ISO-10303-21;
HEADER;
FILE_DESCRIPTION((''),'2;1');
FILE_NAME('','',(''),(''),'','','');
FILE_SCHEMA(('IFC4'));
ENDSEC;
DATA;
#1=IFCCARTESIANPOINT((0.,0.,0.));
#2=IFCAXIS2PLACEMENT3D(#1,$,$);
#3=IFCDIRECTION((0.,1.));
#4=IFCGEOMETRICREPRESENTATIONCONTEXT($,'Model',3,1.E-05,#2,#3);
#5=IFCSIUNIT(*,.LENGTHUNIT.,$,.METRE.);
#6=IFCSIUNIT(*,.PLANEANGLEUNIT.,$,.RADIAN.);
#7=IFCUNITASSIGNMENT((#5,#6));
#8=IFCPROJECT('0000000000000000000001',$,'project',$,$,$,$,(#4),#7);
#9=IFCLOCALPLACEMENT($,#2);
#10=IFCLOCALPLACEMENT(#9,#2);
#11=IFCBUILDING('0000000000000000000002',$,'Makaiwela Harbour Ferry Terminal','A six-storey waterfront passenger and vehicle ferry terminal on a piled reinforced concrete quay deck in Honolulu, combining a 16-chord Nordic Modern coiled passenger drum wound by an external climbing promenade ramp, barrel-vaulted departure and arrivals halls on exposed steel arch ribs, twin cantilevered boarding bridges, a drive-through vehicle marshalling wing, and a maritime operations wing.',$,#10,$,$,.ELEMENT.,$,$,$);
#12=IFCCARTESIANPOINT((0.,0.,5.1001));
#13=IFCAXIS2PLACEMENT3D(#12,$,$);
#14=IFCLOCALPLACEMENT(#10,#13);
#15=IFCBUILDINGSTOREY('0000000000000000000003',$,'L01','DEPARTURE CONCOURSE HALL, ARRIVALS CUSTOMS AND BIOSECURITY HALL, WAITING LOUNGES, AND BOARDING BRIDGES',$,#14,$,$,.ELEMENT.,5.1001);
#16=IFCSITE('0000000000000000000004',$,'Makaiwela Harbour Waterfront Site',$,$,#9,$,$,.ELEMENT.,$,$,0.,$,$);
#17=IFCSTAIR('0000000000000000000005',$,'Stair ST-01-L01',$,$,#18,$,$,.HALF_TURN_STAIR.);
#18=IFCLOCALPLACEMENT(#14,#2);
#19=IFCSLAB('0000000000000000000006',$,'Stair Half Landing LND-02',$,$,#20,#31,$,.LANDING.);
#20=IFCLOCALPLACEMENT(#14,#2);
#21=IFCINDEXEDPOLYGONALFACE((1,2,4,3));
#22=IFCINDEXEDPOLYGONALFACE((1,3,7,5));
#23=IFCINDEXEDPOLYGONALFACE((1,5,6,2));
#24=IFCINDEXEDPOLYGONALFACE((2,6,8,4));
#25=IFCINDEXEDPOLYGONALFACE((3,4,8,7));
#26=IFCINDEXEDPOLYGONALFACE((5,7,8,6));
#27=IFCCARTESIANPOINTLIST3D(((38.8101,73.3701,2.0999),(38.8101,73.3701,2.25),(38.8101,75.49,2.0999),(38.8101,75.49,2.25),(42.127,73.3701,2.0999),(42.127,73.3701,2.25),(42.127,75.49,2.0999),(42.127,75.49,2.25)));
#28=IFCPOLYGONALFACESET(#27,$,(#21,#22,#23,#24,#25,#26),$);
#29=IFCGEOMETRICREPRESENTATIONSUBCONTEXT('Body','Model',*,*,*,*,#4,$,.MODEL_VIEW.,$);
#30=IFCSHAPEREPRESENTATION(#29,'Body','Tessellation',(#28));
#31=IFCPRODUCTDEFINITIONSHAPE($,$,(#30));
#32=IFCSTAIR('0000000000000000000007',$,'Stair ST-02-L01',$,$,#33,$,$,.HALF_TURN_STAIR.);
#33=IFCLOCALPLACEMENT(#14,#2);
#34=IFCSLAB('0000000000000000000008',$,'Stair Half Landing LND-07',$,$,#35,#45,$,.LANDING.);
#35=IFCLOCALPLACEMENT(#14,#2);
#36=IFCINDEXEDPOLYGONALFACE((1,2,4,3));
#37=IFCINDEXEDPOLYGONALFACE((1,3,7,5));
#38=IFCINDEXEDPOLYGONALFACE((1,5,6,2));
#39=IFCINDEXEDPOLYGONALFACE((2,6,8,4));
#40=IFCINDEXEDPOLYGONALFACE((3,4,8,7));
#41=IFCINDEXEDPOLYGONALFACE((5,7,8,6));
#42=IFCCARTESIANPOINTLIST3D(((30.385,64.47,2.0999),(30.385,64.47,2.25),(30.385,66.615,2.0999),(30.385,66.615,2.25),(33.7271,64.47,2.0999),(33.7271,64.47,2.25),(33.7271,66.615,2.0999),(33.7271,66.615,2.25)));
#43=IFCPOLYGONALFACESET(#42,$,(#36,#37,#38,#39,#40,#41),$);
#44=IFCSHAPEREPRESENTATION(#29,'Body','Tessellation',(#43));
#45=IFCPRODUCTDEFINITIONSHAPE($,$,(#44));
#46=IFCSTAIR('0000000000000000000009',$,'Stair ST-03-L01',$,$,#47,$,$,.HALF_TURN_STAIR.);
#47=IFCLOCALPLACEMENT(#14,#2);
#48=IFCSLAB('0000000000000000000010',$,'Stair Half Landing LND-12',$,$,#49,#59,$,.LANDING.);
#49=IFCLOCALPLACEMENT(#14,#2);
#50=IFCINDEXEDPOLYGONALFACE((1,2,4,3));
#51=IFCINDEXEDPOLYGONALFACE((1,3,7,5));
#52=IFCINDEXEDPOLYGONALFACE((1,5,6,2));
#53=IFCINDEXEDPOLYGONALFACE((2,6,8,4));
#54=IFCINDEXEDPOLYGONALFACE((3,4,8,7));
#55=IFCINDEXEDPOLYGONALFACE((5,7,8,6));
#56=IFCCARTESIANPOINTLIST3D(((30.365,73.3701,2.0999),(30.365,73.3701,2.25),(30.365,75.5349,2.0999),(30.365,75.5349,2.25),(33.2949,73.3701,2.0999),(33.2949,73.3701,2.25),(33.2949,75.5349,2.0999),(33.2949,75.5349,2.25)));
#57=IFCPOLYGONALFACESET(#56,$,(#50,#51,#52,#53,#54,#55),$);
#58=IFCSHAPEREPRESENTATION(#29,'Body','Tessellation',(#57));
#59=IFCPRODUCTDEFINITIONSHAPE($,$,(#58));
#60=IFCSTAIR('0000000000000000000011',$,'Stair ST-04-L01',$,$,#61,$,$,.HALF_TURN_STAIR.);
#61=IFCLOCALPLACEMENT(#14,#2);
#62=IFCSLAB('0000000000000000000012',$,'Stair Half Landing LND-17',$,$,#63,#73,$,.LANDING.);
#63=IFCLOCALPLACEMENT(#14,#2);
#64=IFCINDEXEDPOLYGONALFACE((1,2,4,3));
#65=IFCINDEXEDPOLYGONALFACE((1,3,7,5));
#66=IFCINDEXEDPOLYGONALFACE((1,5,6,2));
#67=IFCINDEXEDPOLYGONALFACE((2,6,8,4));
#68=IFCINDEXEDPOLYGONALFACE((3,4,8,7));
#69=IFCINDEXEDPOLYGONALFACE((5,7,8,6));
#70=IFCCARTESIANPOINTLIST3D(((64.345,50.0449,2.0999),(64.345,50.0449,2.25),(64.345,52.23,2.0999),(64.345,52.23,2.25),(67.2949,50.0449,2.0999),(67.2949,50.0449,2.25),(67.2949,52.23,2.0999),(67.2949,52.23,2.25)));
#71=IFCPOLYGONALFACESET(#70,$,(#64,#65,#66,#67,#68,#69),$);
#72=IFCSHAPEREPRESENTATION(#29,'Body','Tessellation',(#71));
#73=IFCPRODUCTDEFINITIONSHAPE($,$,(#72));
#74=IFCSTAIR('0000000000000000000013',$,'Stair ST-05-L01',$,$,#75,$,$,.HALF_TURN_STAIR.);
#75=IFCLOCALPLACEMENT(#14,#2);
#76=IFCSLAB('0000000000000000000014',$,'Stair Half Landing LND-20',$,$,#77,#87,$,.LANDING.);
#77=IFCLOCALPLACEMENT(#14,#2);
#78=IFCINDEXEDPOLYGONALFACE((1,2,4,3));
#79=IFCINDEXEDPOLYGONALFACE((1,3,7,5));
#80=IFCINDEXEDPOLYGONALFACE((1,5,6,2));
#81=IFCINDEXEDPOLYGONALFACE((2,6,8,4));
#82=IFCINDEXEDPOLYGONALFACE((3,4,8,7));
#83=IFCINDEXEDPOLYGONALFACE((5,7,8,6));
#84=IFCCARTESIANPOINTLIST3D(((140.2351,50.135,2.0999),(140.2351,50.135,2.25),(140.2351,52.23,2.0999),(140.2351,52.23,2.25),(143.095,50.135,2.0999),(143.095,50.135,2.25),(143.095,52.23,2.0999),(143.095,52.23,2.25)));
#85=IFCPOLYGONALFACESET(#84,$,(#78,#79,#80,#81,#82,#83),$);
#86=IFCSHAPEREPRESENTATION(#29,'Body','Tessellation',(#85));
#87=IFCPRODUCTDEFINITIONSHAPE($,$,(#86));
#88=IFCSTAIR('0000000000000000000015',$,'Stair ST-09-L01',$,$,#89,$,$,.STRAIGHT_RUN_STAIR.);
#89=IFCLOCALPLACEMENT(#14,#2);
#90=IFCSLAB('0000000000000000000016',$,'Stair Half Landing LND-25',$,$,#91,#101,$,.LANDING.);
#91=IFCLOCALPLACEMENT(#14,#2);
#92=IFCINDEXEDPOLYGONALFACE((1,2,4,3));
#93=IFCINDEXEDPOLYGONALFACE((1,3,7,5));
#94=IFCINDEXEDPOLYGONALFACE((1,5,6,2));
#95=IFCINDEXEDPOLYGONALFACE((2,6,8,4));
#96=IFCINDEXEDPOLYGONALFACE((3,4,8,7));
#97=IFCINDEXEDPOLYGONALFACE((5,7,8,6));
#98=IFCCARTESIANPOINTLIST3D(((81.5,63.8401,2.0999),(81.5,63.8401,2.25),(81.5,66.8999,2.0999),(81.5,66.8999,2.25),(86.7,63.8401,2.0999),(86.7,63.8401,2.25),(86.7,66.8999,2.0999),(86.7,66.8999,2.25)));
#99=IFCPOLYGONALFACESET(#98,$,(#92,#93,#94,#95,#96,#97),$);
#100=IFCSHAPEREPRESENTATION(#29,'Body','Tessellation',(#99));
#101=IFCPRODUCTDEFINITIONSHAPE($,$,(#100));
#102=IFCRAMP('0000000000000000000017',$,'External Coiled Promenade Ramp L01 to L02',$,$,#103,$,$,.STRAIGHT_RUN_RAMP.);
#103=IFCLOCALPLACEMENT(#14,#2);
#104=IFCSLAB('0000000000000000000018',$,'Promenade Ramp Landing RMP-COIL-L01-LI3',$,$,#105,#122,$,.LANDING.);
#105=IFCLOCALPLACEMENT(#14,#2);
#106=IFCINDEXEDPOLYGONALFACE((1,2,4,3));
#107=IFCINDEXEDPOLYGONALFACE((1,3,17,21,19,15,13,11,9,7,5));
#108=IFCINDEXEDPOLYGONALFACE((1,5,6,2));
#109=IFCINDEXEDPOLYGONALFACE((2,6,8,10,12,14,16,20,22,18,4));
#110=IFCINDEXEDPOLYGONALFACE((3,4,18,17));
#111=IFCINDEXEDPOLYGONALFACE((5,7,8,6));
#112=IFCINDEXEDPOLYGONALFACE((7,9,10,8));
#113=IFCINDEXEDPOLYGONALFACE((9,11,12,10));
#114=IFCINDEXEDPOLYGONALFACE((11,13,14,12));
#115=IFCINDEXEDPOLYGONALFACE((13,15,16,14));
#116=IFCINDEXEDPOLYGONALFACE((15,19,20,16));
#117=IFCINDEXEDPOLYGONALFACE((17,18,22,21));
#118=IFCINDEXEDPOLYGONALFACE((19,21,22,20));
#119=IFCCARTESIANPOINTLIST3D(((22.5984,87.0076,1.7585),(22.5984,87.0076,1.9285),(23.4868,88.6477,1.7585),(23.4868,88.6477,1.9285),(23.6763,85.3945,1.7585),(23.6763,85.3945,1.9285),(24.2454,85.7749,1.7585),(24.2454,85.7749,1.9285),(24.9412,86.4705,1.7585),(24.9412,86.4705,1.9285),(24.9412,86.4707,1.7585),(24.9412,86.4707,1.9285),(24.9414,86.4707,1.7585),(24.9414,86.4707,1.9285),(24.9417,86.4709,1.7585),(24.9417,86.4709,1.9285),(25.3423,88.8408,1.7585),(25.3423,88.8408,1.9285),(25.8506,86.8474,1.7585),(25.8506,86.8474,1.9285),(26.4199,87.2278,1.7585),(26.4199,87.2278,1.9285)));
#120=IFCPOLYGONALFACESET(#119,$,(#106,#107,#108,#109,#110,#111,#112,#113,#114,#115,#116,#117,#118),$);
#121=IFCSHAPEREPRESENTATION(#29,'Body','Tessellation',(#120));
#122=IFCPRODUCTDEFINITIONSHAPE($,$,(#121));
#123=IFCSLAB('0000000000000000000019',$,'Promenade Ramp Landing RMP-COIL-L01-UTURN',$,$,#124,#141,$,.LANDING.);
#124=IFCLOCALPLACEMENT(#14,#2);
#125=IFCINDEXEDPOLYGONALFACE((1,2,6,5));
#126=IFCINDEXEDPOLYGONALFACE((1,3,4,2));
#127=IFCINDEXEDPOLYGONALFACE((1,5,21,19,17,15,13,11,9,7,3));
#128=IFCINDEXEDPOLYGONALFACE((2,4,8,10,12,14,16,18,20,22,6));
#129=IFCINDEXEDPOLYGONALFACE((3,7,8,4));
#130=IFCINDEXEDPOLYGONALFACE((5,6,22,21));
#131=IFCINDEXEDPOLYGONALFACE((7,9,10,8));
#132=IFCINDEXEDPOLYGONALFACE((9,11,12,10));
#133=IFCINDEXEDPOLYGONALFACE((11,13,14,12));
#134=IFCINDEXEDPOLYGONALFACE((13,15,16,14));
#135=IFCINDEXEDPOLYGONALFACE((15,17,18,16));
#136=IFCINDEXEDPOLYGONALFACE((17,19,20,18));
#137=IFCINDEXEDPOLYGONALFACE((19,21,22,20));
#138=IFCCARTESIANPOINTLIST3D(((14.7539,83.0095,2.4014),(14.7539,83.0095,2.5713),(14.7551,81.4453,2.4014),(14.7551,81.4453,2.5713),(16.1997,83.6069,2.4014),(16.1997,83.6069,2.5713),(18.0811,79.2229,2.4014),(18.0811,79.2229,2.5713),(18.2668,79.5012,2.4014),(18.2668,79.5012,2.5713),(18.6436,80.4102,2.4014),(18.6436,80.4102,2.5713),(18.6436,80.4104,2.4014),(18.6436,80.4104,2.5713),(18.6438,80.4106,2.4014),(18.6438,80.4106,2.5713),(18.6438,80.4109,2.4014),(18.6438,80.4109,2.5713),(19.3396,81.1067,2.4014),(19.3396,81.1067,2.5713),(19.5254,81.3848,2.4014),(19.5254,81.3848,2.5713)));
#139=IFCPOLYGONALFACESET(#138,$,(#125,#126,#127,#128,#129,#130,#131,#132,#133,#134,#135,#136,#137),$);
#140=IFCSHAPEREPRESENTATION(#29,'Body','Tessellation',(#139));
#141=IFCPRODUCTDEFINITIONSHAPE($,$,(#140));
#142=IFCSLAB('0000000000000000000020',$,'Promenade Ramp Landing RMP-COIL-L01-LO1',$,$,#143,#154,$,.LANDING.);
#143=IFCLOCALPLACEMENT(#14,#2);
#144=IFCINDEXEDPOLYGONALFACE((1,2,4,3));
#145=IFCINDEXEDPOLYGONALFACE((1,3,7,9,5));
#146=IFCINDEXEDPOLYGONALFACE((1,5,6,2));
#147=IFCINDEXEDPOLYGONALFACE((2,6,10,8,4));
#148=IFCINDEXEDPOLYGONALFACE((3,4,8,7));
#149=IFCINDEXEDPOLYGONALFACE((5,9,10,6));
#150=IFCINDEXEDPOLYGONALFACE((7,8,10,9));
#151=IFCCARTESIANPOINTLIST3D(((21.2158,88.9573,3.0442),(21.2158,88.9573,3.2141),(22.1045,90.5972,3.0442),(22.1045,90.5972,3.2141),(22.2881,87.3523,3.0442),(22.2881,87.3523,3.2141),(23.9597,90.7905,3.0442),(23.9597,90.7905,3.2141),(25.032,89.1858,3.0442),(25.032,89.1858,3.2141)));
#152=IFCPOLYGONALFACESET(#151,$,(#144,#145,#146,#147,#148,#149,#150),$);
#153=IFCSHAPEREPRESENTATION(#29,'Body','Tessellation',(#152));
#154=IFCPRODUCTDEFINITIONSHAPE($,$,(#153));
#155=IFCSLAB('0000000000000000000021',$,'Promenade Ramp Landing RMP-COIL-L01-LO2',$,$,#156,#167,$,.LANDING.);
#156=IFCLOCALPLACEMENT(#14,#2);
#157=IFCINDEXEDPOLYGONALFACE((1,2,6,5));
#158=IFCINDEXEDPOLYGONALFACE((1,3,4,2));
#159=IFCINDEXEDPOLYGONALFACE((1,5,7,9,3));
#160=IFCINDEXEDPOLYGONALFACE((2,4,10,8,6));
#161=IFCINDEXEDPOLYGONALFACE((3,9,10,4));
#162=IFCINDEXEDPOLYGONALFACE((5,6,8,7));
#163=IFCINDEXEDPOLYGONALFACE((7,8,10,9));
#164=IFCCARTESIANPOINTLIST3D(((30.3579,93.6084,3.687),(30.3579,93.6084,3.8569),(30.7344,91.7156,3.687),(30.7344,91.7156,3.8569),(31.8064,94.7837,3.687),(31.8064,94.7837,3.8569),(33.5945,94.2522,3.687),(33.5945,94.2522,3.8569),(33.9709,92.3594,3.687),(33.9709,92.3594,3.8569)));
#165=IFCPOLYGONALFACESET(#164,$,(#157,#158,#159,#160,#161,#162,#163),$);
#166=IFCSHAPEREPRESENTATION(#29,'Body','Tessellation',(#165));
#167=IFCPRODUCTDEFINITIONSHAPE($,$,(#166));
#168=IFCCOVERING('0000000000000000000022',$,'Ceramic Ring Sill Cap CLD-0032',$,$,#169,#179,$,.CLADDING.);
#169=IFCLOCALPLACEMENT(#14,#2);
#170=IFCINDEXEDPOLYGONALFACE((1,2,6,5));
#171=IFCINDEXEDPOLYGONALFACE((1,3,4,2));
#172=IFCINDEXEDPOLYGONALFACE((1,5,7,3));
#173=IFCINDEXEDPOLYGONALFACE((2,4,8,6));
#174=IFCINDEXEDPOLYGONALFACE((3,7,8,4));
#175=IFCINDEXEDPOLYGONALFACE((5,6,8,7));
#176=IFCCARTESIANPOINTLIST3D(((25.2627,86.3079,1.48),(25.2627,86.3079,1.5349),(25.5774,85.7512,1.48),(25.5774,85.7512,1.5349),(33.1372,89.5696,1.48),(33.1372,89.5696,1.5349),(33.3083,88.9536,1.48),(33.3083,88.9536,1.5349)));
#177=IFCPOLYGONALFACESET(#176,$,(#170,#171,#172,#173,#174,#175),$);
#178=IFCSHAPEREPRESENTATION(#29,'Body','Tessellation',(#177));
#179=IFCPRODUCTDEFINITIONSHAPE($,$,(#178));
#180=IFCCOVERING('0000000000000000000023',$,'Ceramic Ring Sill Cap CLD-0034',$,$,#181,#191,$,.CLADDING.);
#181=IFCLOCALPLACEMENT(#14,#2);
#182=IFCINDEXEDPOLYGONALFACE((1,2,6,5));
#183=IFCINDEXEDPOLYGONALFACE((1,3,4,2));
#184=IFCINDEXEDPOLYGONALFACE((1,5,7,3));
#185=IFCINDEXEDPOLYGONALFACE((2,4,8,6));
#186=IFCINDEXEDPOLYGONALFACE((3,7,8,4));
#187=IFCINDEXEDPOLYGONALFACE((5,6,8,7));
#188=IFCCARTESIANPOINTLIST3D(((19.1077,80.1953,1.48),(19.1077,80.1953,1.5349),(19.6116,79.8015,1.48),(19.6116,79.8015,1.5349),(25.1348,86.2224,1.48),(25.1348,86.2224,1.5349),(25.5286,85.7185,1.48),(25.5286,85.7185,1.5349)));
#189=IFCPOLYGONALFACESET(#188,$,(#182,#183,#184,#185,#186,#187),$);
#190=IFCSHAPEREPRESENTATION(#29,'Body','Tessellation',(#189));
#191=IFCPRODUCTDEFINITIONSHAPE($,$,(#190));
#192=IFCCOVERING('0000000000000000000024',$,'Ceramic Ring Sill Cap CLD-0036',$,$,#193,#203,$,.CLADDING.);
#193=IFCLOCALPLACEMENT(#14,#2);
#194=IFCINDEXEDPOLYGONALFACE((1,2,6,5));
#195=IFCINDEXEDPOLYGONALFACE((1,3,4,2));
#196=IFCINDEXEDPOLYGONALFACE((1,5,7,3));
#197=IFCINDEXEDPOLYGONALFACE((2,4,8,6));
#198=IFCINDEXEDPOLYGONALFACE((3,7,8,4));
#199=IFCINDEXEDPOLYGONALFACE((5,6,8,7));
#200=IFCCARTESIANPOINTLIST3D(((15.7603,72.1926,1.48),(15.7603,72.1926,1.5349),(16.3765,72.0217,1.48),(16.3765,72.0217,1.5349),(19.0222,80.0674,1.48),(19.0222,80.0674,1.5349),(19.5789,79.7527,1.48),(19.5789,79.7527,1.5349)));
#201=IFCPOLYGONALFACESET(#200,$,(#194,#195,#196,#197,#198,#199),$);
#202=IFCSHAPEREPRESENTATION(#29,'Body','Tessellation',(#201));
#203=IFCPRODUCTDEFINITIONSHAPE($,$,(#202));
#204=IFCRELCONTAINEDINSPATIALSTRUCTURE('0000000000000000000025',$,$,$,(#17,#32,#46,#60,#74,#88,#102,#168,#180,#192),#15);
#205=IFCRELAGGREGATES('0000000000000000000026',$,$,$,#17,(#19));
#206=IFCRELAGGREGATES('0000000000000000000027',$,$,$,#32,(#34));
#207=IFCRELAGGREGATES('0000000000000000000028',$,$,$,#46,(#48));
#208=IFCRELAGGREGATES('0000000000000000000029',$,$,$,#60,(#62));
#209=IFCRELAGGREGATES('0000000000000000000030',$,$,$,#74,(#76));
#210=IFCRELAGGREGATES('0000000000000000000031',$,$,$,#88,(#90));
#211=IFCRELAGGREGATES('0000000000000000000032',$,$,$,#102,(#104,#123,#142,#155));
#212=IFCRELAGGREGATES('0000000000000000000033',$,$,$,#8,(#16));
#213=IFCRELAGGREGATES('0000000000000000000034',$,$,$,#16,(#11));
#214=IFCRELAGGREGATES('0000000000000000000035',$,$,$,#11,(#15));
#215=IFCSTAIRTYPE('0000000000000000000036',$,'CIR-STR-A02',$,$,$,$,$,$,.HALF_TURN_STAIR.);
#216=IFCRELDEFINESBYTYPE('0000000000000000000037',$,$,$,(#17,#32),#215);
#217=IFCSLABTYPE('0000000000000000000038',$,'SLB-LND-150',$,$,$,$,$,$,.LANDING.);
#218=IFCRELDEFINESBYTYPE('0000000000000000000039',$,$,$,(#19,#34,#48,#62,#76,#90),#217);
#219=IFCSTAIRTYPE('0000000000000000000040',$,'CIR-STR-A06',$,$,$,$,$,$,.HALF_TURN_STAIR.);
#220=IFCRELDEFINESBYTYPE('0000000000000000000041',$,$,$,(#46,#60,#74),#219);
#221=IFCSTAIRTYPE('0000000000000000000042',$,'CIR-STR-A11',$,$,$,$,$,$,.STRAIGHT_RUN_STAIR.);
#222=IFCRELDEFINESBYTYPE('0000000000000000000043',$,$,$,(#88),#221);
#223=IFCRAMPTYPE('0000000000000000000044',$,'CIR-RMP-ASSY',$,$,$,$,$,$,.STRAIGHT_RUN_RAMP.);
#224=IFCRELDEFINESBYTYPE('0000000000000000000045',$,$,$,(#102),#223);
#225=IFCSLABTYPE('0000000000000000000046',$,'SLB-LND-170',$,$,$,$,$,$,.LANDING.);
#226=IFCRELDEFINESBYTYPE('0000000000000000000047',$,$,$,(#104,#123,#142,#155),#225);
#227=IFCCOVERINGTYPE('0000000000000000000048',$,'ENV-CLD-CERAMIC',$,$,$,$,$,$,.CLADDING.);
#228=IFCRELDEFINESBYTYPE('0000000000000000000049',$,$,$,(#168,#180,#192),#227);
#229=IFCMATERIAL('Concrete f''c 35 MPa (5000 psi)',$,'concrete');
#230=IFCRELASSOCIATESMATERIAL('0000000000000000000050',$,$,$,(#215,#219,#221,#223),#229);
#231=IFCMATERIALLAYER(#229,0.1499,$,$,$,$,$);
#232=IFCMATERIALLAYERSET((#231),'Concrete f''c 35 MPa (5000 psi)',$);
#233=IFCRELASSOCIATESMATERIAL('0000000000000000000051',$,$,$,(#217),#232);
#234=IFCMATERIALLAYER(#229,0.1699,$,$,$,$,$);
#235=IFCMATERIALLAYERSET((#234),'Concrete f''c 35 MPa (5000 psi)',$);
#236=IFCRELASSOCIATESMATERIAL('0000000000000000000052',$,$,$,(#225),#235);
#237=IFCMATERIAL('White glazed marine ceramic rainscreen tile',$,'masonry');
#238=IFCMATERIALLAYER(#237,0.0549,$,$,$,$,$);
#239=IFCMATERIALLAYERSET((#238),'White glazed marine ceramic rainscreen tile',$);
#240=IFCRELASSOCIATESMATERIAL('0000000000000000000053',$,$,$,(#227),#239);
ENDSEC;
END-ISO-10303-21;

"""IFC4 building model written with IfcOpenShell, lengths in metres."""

from ifc_helpers import new_model, si_unit, direction, frame, origin, place, context, subcontext, project, spatial, polyline, outline, extrude, material, layer, layer_set, type_object, element, aggregate, save


model = new_model("IFC4")

# Units and contexts
model_context = context("Model", 3, precision=1e-05, world=origin(), true_north=direction((0.0, 1.0)))
body_context = subcontext(model_context, "Body", "Model", "MODEL_VIEW")
ifc_project = project(units=[si_unit("LENGTHUNIT", "METRE"), si_unit("PLANEANGLEUNIT", "RADIAN")], contexts=[model_context])

# Site, building, storey
site_placement = place(None, origin())
site = spatial("IfcSite", under=ifc_project, at=site_placement, Name="Makaiwela Harbour Waterfront Site", CompositionType="ELEMENT", RefElevation=0.0)
building_placement = place(site_placement, origin())
building = spatial("IfcBuilding", under=site, at=building_placement, Name="Makaiwela Harbour Ferry Terminal", Description="A six-storey waterfront passenger and vehicle ferry terminal on a piled reinforced concrete quay deck in Honolulu, combining a 16-chord Nordic Modern coiled passenger drum wound by an external climbing promenade ramp, barrel-vaulted departure and arrivals halls on exposed steel arch ribs, twin cantilevered boarding bridges, a drive-through vehicle marshalling wing, and a maritime operations wing.", CompositionType="ELEMENT")
storey_placement = place(building_placement, frame((0.0, 0.0, 5.1001)))
storey = spatial("IfcBuildingStorey", under=building, at=storey_placement, Name="L01", Description="DEPARTURE CONCOURSE HALL, ARRIVALS CUSTOMS AND BIOSECURITY HALL, WAITING LOUNGES, AND BOARDING BRIDGES", CompositionType="ELEMENT", Elevation=5.1001)

# Stairs, slabs
ifc_material_1 = material(Name="Concrete f'c 35 MPa (5000 psi)", Category="concrete")
stair_type_1 = type_object("IfcStairType", Name="CIR-STR-A02", PredefinedType="HALF_TURN_STAIR", material=ifc_material_1)
stair_1_placement = place(storey_placement, origin())
stair_1 = element("IfcStair", 1, at=stair_1_placement, inside=storey, type_object=stair_type_1, Name="Stair ST-01-L01", PredefinedType="HALF_TURN_STAIR")
ifc_layer_1 = layer(ifc_material_1, 0.1499)
ifc_layer_set_1 = layer_set([ifc_layer_1], Name="Concrete f'c 35 MPa (5000 psi)")
slab_type_1 = type_object("IfcSlabType", Name="SLB-LND-150", PredefinedType="LANDING", material=ifc_layer_set_1)
slab_1_placement = place(storey_placement, frame((0.0, 0.0, 2.0999)))
slab_1 = element("IfcSlab", 2, at=slab_1_placement, type_object=slab_type_1, Name="Stair Half Landing LND-02", PredefinedType="LANDING", context=body_context, shape_type="SweptSolid", body=[
    extrude(outline(polyline([(38.8101, 73.3701), (42.127, 73.3701), (42.127, 75.49), (38.8101, 75.49), (38.8101, 73.3701)])), origin(), (0.0, 0.0, 1.0), 0.1501),
])
aggregate(stair_1, [slab_1])
stair_2_placement = place(storey_placement, origin())
stair_2 = element("IfcStair", 3, at=stair_2_placement, inside=storey, type_object=stair_type_1, Name="Stair ST-02-L01", PredefinedType="HALF_TURN_STAIR")
slab_2_placement = place(storey_placement, frame((0.0, 0.0, 2.0999)))
slab_2 = element("IfcSlab", 4, at=slab_2_placement, type_object=slab_type_1, Name="Stair Half Landing LND-07", PredefinedType="LANDING", context=body_context, shape_type="SweptSolid", body=[
    extrude(outline(polyline([(30.385, 64.47), (33.7271, 64.47), (33.7271, 66.615), (30.385, 66.615), (30.385, 64.47)])), origin(), (0.0, 0.0, 1.0), 0.1501),
])
aggregate(stair_2, [slab_2])
stair_type_2 = type_object("IfcStairType", Name="CIR-STR-A06", PredefinedType="HALF_TURN_STAIR", material=ifc_material_1)
stair_3_placement = place(storey_placement, origin())
stair_3 = element("IfcStair", 5, at=stair_3_placement, inside=storey, type_object=stair_type_2, Name="Stair ST-03-L01", PredefinedType="HALF_TURN_STAIR")
slab_3_placement = place(storey_placement, frame((0.0, 0.0, 2.0999)))
slab_3 = element("IfcSlab", 6, at=slab_3_placement, type_object=slab_type_1, Name="Stair Half Landing LND-12", PredefinedType="LANDING", context=body_context, shape_type="SweptSolid", body=[
    extrude(outline(polyline([(30.365, 73.3701), (33.2949, 73.3701), (33.2949, 75.5349), (30.365, 75.5349), (30.365, 73.3701)])), origin(), (0.0, 0.0, 1.0), 0.1501),
])
aggregate(stair_3, [slab_3])
stair_4_placement = place(storey_placement, origin())
stair_4 = element("IfcStair", 7, at=stair_4_placement, inside=storey, type_object=stair_type_2, Name="Stair ST-04-L01", PredefinedType="HALF_TURN_STAIR")
slab_4_placement = place(storey_placement, frame((0.0, 0.0, 2.0999)))
slab_4 = element("IfcSlab", 8, at=slab_4_placement, type_object=slab_type_1, Name="Stair Half Landing LND-17", PredefinedType="LANDING", context=body_context, shape_type="SweptSolid", body=[
    extrude(outline(polyline([(64.345, 50.0449), (67.2949, 50.0449), (67.2949, 52.23), (64.345, 52.23), (64.345, 50.0449)])), origin(), (0.0, 0.0, 1.0), 0.1501),
])
aggregate(stair_4, [slab_4])
stair_5_placement = place(storey_placement, origin())
stair_5 = element("IfcStair", 9, at=stair_5_placement, inside=storey, type_object=stair_type_2, Name="Stair ST-05-L01", PredefinedType="HALF_TURN_STAIR")
slab_5_placement = place(storey_placement, frame((0.0, 0.0, 2.0999)))
slab_5 = element("IfcSlab", 10, at=slab_5_placement, type_object=slab_type_1, Name="Stair Half Landing LND-20", PredefinedType="LANDING", context=body_context, shape_type="SweptSolid", body=[
    extrude(outline(polyline([(140.2351, 50.135), (143.095, 50.135), (143.095, 52.23), (140.2351, 52.23), (140.2351, 50.135)])), origin(), (0.0, 0.0, 1.0), 0.1501),
])
aggregate(stair_5, [slab_5])
stair_type_3 = type_object("IfcStairType", Name="CIR-STR-A11", PredefinedType="STRAIGHT_RUN_STAIR", material=ifc_material_1)
stair_6_placement = place(storey_placement, origin())
stair_6 = element("IfcStair", 11, at=stair_6_placement, inside=storey, type_object=stair_type_3, Name="Stair ST-09-L01", PredefinedType="STRAIGHT_RUN_STAIR")
slab_6_placement = place(storey_placement, frame((0.0, 0.0, 2.0999)))
slab_6 = element("IfcSlab", 12, at=slab_6_placement, type_object=slab_type_1, Name="Stair Half Landing LND-25", PredefinedType="LANDING", context=body_context, shape_type="SweptSolid", body=[
    extrude(outline(polyline([(81.5, 63.8401), (86.7, 63.8401), (86.7, 66.8999), (81.5, 66.8999), (81.5, 63.8401)])), origin(), (0.0, 0.0, 1.0), 0.1501),
])
aggregate(stair_6, [slab_6])

# Ramp, slabs
ramp_type = type_object("IfcRampType", Name="CIR-RMP-ASSY", PredefinedType="STRAIGHT_RUN_RAMP", material=ifc_material_1)
ramp_placement = place(storey_placement, origin())
ramp = element("IfcRamp", 13, at=ramp_placement, inside=storey, type_object=ramp_type, Name="External Coiled Promenade Ramp L01 to L02", PredefinedType="STRAIGHT_RUN_RAMP")
ifc_layer_2 = layer(ifc_material_1, 0.1699)
ifc_layer_set_2 = layer_set([ifc_layer_2], Name="Concrete f'c 35 MPa (5000 psi)")
slab_type_2 = type_object("IfcSlabType", Name="SLB-LND-170", PredefinedType="LANDING", material=ifc_layer_set_2)
slab_7_placement = place(storey_placement, frame((0.0, 0.0, 1.7585)))
slab_7 = element("IfcSlab", 14, at=slab_7_placement, type_object=slab_type_2, Name="Promenade Ramp Landing RMP-COIL-L01-LI3", PredefinedType="LANDING", context=body_context, shape_type="SweptSolid", body=[
    extrude(outline(polyline([(24.2454, 85.7749), (24.9412, 86.4705), (24.9412, 86.4707), (24.9414, 86.4707), (24.9417, 86.4709), (24.9417, 86.4709), (25.8506, 86.8474), (26.4199, 87.2278), (25.3423, 88.8408), (23.4868, 88.6477), (22.5984, 87.0076), (23.6763, 85.3945), (24.2454, 85.7749)])), origin(), (0.0, 0.0, 1.0), 0.1699),
])
slab_8_placement = place(storey_placement, frame((0.0, 0.0, 2.4014)))
slab_8 = element("IfcSlab", 15, at=slab_8_placement, type_object=slab_type_2, Name="Promenade Ramp Landing RMP-COIL-L01-UTURN", PredefinedType="LANDING", context=body_context, shape_type="SweptSolid", body=[
    extrude(outline(polyline([(18.2668, 79.5012), (18.6436, 80.4102), (18.6436, 80.4104), (18.6436, 80.4104), (18.6438, 80.4106), (18.6438, 80.4109), (19.3396, 81.1067), (19.5254, 81.3848), (16.1997, 83.6069), (14.7539, 83.0095), (14.7551, 81.4453), (18.0811, 79.2229), (18.2668, 79.5012)])), origin(), (0.0, 0.0, 1.0), 0.1699),
])
slab_9_placement = place(storey_placement, frame((0.0, 0.0, 3.0442)))
slab_9 = element("IfcSlab", 16, at=slab_9_placement, type_object=slab_type_2, Name="Promenade Ramp Landing RMP-COIL-L01-LO1", PredefinedType="LANDING", context=body_context, shape_type="SweptSolid", body=[
    extrude(outline(polyline([(25.032, 89.1858), (23.9597, 90.7905), (22.1045, 90.5972), (21.2158, 88.9573), (22.2881, 87.3523), (25.032, 89.1858)])), origin(), (0.0, 0.0, 1.0), 0.1699),
])
slab_10_placement = place(storey_placement, frame((0.0, 0.0, 3.687)))
slab_10 = element("IfcSlab", 17, at=slab_10_placement, type_object=slab_type_2, Name="Promenade Ramp Landing RMP-COIL-L01-LO2", PredefinedType="LANDING", context=body_context, shape_type="SweptSolid", body=[
    extrude(outline(polyline([(33.9709, 92.3594), (33.5945, 94.2522), (31.8064, 94.7837), (30.3579, 93.6084), (30.7344, 91.7156), (33.9709, 92.3594)])), origin(), (0.0, 0.0, 1.0), 0.1699),
])
aggregate(ramp, [slab_7, slab_8, slab_9, slab_10])

# Coverings
ifc_material_2 = material(Name="White glazed marine ceramic rainscreen tile", Category="masonry")
ifc_layer_3 = layer(ifc_material_2, 0.0549)
ifc_layer_set_3 = layer_set([ifc_layer_3], Name="White glazed marine ceramic rainscreen tile")
covering_type_1 = type_object("IfcCoveringType", Name="ENV-CLD-CERAMIC", PredefinedType="CLADDING", material=ifc_layer_set_3)
covering_1_placement = place(storey_placement, frame((0.0, 0.0, 1.48)))
element("IfcCovering", 18, at=covering_1_placement, inside=storey, type_object=covering_type_1, Name="Ceramic Ring Sill Cap CLD-0032", PredefinedType="CLADDING", context=body_context, shape_type="SweptSolid", body=[
    extrude(outline(polyline([(33.1372, 89.5696), (25.2627, 86.3079), (25.5774, 85.7512), (33.3083, 88.9536), (33.1372, 89.5696)])), origin(), (0.0, 0.0, 1.0), 0.0549),
])
covering_2_placement = place(storey_placement, frame((0.0, 0.0, 1.48)))
element("IfcCovering", 19, at=covering_2_placement, inside=storey, type_object=covering_type_1, Name="Ceramic Ring Sill Cap CLD-0034", PredefinedType="CLADDING", context=body_context, shape_type="SweptSolid", body=[
    extrude(outline(polyline([(25.1348, 86.2224), (19.1077, 80.1953), (19.6116, 79.8015), (25.5286, 85.7185), (25.1348, 86.2224)])), origin(), (0.0, 0.0, 1.0), 0.0549),
])
covering_3_placement = place(storey_placement, frame((0.0, 0.0, 1.48)))
element("IfcCovering", 20, at=covering_3_placement, inside=storey, type_object=covering_type_1, Name="Ceramic Ring Sill Cap CLD-0036", PredefinedType="CLADDING", context=body_context, shape_type="SweptSolid", body=[
    extrude(outline(polyline([(19.0222, 80.0674), (15.7603, 72.1926), (16.3765, 72.0217), (19.5789, 79.7527), (19.0222, 80.0674)])), origin(), (0.0, 0.0, 1.0), 0.0549),
])

save(model, "model.ifc")
